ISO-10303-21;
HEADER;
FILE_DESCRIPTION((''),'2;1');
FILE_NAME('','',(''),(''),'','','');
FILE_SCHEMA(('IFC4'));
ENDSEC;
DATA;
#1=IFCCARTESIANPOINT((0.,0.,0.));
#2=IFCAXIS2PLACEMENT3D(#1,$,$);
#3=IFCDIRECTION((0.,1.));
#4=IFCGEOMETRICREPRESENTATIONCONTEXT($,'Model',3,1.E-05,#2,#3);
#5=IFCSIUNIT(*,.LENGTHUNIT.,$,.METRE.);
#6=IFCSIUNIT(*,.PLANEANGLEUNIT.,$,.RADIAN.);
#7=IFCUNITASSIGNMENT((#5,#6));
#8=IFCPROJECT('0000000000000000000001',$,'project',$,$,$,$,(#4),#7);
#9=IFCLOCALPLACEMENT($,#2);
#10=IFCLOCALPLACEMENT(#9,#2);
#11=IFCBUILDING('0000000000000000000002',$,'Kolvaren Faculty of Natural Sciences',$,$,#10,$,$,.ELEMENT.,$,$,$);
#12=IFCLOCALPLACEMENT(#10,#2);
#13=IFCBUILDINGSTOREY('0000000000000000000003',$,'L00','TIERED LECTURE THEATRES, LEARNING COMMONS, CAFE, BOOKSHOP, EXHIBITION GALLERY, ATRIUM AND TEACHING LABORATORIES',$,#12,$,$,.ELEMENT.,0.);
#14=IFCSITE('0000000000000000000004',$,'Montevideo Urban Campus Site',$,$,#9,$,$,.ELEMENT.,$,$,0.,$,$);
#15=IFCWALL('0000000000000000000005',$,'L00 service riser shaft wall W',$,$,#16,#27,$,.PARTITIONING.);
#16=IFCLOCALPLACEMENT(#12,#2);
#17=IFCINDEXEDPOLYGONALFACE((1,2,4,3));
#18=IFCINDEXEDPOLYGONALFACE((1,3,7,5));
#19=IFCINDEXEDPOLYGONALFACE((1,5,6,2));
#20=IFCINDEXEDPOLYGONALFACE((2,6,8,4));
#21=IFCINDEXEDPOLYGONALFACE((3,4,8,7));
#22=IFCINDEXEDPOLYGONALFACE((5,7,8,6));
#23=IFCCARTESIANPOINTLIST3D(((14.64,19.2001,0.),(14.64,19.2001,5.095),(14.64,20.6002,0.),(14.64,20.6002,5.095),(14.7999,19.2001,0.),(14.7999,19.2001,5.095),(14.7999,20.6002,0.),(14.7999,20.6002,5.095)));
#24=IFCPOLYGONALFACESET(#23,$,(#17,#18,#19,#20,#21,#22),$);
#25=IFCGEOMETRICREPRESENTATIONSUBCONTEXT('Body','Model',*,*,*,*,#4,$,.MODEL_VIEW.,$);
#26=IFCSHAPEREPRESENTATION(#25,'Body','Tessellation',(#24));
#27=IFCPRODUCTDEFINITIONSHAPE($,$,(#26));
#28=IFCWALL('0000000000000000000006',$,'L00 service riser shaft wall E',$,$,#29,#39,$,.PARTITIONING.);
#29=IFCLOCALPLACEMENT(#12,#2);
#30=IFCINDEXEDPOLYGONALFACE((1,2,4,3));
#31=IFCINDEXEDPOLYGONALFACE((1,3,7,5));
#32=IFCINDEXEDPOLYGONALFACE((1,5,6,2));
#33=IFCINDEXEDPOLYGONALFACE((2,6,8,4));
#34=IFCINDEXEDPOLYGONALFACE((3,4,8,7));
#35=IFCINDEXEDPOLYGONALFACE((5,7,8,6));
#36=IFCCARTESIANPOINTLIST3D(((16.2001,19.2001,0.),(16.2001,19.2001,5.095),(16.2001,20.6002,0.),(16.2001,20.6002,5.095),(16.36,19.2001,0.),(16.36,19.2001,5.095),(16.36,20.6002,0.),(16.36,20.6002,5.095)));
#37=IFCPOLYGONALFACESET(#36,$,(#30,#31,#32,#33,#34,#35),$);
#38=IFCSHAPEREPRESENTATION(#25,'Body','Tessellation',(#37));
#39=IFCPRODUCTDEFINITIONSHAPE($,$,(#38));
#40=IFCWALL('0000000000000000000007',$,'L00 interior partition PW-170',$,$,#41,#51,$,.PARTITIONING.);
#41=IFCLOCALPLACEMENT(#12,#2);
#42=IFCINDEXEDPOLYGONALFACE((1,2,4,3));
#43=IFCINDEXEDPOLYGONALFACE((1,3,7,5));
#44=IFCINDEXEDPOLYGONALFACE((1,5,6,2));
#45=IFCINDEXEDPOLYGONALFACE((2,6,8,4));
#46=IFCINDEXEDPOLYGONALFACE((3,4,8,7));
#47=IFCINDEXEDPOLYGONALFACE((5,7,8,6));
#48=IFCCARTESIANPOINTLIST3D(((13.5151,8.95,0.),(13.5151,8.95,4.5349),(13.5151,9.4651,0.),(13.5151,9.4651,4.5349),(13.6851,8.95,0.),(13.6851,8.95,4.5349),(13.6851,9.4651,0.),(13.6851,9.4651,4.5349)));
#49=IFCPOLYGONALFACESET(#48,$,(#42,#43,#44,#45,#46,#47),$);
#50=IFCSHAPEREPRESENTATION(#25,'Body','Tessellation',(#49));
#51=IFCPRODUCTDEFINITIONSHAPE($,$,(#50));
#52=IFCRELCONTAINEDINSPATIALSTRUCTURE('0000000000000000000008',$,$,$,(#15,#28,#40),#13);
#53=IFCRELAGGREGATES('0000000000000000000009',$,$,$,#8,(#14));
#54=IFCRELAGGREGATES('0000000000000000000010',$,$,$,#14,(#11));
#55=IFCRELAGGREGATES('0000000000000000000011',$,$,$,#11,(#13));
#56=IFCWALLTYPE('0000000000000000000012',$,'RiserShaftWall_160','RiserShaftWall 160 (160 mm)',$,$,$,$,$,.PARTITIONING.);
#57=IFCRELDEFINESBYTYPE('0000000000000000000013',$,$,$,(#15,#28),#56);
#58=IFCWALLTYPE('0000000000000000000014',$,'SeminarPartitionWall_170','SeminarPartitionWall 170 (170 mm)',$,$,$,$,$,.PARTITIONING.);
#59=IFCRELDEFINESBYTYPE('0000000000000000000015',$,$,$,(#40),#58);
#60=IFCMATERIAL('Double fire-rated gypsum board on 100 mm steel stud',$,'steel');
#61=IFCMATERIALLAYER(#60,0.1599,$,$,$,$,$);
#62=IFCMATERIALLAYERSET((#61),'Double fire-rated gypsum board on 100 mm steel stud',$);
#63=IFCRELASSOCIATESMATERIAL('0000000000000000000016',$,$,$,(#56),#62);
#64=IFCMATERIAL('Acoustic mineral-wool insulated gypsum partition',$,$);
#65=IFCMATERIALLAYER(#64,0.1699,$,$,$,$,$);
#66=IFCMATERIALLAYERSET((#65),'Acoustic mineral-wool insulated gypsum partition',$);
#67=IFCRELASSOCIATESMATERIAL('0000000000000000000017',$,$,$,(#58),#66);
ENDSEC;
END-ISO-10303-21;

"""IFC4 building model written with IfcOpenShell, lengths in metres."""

from ifc_helpers import new_model, si_unit, direction, frame, frame_2d, origin, place, context, subcontext, project, spatial, rectangle, extrude, material, layer, layer_set, type_object, element, save


model = new_model("IFC4")

# Units and contexts
model_context = context("Model", 3, precision=1e-05, world=origin(), true_north=direction((0.0, 1.0)))
body_context = subcontext(model_context, "Body", "Model", "MODEL_VIEW")
ifc_project = project(units=[si_unit("LENGTHUNIT", "METRE"), si_unit("PLANEANGLEUNIT", "RADIAN")], contexts=[model_context])

# Site, building, storey
site_placement = place(None, origin())
site = spatial("IfcSite", under=ifc_project, at=site_placement, Name="Montevideo Urban Campus Site", CompositionType="ELEMENT", RefElevation=0.0)
building_placement = place(site_placement, origin())
building = spatial("IfcBuilding", under=site, at=building_placement, Name="Kolvaren Faculty of Natural Sciences", CompositionType="ELEMENT")
storey_placement = place(building_placement, origin())
storey = spatial("IfcBuildingStorey", under=building, at=storey_placement, Name="L00", Description="TIERED LECTURE THEATRES, LEARNING COMMONS, CAFE, BOOKSHOP, EXHIBITION GALLERY, ATRIUM AND TEACHING LABORATORIES", CompositionType="ELEMENT", Elevation=0.0)

# Shared definitions
ifc_material_1 = material(Name="Acoustic mineral-wool insulated gypsum partition")

# Walls
ifc_material_2 = material(Name="Double fire-rated gypsum board on 100 mm steel stud", Category="steel")
ifc_layer_1 = layer(ifc_material_2, 0.1599)
ifc_layer_set_1 = layer_set([ifc_layer_1], Name="Double fire-rated gypsum board on 100 mm steel stud")
wall_type_1 = type_object("IfcWallType", Name="RiserShaftWall_160", Description="RiserShaftWall 160 (160 mm)", PredefinedType="PARTITIONING", material=ifc_layer_set_1)
for number, where, z_axis, x_axis, name in (
    (1, (14.72, 19.2, 0.0), (0.0, 0.0, 1.0), (0.0, 1.0, 0.0), "L00 service riser shaft wall W"),
    (2, (16.28, 19.2, 0.0), (0.0, 0.0, 1.0), (0.0, 1.0, 0.0), "L00 service riser shaft wall E"),
):
    element("IfcWall", number, at=place(storey_placement, frame(where, z_axis=z_axis, x_axis=x_axis)), inside=storey, type_object=wall_type_1, Name=name, PredefinedType="PARTITIONING", context=body_context, shape_type="SweptSolid", body=[
        extrude(rectangle(XDim=1.4001, YDim=0.1599, at=frame_2d((0.7002, 0.0))), origin(), (0.0, 0.0, 1.0), 5.095),
    ])
ifc_layer_2 = layer(ifc_material_1, 0.1699)
ifc_layer_set_2 = layer_set([ifc_layer_2], Name="Acoustic mineral-wool insulated gypsum partition")
wall_type_2 = type_object("IfcWallType", Name="SeminarPartitionWall_170", Description="SeminarPartitionWall 170 (170 mm)", PredefinedType="PARTITIONING", material=ifc_layer_set_2)
wall_1_placement = place(storey_placement, frame((13.6001, 9.4651, 0.0), z_axis=(0.0, 0.0, 1.0), x_axis=(0.0, -1.0, 0.0)))
element("IfcWall", 3, at=wall_1_placement, inside=storey, type_object=wall_type_2, Name="L00 interior partition PW-170", PredefinedType="PARTITIONING", context=body_context, shape_type="SweptSolid", body=[
    extrude(rectangle(XDim=0.5151, YDim=0.1699, at=frame_2d((0.2576, 0.0))), origin(), (0.0, 0.0, 1.0), 4.5349),
])

save(model, "model.ifc")
